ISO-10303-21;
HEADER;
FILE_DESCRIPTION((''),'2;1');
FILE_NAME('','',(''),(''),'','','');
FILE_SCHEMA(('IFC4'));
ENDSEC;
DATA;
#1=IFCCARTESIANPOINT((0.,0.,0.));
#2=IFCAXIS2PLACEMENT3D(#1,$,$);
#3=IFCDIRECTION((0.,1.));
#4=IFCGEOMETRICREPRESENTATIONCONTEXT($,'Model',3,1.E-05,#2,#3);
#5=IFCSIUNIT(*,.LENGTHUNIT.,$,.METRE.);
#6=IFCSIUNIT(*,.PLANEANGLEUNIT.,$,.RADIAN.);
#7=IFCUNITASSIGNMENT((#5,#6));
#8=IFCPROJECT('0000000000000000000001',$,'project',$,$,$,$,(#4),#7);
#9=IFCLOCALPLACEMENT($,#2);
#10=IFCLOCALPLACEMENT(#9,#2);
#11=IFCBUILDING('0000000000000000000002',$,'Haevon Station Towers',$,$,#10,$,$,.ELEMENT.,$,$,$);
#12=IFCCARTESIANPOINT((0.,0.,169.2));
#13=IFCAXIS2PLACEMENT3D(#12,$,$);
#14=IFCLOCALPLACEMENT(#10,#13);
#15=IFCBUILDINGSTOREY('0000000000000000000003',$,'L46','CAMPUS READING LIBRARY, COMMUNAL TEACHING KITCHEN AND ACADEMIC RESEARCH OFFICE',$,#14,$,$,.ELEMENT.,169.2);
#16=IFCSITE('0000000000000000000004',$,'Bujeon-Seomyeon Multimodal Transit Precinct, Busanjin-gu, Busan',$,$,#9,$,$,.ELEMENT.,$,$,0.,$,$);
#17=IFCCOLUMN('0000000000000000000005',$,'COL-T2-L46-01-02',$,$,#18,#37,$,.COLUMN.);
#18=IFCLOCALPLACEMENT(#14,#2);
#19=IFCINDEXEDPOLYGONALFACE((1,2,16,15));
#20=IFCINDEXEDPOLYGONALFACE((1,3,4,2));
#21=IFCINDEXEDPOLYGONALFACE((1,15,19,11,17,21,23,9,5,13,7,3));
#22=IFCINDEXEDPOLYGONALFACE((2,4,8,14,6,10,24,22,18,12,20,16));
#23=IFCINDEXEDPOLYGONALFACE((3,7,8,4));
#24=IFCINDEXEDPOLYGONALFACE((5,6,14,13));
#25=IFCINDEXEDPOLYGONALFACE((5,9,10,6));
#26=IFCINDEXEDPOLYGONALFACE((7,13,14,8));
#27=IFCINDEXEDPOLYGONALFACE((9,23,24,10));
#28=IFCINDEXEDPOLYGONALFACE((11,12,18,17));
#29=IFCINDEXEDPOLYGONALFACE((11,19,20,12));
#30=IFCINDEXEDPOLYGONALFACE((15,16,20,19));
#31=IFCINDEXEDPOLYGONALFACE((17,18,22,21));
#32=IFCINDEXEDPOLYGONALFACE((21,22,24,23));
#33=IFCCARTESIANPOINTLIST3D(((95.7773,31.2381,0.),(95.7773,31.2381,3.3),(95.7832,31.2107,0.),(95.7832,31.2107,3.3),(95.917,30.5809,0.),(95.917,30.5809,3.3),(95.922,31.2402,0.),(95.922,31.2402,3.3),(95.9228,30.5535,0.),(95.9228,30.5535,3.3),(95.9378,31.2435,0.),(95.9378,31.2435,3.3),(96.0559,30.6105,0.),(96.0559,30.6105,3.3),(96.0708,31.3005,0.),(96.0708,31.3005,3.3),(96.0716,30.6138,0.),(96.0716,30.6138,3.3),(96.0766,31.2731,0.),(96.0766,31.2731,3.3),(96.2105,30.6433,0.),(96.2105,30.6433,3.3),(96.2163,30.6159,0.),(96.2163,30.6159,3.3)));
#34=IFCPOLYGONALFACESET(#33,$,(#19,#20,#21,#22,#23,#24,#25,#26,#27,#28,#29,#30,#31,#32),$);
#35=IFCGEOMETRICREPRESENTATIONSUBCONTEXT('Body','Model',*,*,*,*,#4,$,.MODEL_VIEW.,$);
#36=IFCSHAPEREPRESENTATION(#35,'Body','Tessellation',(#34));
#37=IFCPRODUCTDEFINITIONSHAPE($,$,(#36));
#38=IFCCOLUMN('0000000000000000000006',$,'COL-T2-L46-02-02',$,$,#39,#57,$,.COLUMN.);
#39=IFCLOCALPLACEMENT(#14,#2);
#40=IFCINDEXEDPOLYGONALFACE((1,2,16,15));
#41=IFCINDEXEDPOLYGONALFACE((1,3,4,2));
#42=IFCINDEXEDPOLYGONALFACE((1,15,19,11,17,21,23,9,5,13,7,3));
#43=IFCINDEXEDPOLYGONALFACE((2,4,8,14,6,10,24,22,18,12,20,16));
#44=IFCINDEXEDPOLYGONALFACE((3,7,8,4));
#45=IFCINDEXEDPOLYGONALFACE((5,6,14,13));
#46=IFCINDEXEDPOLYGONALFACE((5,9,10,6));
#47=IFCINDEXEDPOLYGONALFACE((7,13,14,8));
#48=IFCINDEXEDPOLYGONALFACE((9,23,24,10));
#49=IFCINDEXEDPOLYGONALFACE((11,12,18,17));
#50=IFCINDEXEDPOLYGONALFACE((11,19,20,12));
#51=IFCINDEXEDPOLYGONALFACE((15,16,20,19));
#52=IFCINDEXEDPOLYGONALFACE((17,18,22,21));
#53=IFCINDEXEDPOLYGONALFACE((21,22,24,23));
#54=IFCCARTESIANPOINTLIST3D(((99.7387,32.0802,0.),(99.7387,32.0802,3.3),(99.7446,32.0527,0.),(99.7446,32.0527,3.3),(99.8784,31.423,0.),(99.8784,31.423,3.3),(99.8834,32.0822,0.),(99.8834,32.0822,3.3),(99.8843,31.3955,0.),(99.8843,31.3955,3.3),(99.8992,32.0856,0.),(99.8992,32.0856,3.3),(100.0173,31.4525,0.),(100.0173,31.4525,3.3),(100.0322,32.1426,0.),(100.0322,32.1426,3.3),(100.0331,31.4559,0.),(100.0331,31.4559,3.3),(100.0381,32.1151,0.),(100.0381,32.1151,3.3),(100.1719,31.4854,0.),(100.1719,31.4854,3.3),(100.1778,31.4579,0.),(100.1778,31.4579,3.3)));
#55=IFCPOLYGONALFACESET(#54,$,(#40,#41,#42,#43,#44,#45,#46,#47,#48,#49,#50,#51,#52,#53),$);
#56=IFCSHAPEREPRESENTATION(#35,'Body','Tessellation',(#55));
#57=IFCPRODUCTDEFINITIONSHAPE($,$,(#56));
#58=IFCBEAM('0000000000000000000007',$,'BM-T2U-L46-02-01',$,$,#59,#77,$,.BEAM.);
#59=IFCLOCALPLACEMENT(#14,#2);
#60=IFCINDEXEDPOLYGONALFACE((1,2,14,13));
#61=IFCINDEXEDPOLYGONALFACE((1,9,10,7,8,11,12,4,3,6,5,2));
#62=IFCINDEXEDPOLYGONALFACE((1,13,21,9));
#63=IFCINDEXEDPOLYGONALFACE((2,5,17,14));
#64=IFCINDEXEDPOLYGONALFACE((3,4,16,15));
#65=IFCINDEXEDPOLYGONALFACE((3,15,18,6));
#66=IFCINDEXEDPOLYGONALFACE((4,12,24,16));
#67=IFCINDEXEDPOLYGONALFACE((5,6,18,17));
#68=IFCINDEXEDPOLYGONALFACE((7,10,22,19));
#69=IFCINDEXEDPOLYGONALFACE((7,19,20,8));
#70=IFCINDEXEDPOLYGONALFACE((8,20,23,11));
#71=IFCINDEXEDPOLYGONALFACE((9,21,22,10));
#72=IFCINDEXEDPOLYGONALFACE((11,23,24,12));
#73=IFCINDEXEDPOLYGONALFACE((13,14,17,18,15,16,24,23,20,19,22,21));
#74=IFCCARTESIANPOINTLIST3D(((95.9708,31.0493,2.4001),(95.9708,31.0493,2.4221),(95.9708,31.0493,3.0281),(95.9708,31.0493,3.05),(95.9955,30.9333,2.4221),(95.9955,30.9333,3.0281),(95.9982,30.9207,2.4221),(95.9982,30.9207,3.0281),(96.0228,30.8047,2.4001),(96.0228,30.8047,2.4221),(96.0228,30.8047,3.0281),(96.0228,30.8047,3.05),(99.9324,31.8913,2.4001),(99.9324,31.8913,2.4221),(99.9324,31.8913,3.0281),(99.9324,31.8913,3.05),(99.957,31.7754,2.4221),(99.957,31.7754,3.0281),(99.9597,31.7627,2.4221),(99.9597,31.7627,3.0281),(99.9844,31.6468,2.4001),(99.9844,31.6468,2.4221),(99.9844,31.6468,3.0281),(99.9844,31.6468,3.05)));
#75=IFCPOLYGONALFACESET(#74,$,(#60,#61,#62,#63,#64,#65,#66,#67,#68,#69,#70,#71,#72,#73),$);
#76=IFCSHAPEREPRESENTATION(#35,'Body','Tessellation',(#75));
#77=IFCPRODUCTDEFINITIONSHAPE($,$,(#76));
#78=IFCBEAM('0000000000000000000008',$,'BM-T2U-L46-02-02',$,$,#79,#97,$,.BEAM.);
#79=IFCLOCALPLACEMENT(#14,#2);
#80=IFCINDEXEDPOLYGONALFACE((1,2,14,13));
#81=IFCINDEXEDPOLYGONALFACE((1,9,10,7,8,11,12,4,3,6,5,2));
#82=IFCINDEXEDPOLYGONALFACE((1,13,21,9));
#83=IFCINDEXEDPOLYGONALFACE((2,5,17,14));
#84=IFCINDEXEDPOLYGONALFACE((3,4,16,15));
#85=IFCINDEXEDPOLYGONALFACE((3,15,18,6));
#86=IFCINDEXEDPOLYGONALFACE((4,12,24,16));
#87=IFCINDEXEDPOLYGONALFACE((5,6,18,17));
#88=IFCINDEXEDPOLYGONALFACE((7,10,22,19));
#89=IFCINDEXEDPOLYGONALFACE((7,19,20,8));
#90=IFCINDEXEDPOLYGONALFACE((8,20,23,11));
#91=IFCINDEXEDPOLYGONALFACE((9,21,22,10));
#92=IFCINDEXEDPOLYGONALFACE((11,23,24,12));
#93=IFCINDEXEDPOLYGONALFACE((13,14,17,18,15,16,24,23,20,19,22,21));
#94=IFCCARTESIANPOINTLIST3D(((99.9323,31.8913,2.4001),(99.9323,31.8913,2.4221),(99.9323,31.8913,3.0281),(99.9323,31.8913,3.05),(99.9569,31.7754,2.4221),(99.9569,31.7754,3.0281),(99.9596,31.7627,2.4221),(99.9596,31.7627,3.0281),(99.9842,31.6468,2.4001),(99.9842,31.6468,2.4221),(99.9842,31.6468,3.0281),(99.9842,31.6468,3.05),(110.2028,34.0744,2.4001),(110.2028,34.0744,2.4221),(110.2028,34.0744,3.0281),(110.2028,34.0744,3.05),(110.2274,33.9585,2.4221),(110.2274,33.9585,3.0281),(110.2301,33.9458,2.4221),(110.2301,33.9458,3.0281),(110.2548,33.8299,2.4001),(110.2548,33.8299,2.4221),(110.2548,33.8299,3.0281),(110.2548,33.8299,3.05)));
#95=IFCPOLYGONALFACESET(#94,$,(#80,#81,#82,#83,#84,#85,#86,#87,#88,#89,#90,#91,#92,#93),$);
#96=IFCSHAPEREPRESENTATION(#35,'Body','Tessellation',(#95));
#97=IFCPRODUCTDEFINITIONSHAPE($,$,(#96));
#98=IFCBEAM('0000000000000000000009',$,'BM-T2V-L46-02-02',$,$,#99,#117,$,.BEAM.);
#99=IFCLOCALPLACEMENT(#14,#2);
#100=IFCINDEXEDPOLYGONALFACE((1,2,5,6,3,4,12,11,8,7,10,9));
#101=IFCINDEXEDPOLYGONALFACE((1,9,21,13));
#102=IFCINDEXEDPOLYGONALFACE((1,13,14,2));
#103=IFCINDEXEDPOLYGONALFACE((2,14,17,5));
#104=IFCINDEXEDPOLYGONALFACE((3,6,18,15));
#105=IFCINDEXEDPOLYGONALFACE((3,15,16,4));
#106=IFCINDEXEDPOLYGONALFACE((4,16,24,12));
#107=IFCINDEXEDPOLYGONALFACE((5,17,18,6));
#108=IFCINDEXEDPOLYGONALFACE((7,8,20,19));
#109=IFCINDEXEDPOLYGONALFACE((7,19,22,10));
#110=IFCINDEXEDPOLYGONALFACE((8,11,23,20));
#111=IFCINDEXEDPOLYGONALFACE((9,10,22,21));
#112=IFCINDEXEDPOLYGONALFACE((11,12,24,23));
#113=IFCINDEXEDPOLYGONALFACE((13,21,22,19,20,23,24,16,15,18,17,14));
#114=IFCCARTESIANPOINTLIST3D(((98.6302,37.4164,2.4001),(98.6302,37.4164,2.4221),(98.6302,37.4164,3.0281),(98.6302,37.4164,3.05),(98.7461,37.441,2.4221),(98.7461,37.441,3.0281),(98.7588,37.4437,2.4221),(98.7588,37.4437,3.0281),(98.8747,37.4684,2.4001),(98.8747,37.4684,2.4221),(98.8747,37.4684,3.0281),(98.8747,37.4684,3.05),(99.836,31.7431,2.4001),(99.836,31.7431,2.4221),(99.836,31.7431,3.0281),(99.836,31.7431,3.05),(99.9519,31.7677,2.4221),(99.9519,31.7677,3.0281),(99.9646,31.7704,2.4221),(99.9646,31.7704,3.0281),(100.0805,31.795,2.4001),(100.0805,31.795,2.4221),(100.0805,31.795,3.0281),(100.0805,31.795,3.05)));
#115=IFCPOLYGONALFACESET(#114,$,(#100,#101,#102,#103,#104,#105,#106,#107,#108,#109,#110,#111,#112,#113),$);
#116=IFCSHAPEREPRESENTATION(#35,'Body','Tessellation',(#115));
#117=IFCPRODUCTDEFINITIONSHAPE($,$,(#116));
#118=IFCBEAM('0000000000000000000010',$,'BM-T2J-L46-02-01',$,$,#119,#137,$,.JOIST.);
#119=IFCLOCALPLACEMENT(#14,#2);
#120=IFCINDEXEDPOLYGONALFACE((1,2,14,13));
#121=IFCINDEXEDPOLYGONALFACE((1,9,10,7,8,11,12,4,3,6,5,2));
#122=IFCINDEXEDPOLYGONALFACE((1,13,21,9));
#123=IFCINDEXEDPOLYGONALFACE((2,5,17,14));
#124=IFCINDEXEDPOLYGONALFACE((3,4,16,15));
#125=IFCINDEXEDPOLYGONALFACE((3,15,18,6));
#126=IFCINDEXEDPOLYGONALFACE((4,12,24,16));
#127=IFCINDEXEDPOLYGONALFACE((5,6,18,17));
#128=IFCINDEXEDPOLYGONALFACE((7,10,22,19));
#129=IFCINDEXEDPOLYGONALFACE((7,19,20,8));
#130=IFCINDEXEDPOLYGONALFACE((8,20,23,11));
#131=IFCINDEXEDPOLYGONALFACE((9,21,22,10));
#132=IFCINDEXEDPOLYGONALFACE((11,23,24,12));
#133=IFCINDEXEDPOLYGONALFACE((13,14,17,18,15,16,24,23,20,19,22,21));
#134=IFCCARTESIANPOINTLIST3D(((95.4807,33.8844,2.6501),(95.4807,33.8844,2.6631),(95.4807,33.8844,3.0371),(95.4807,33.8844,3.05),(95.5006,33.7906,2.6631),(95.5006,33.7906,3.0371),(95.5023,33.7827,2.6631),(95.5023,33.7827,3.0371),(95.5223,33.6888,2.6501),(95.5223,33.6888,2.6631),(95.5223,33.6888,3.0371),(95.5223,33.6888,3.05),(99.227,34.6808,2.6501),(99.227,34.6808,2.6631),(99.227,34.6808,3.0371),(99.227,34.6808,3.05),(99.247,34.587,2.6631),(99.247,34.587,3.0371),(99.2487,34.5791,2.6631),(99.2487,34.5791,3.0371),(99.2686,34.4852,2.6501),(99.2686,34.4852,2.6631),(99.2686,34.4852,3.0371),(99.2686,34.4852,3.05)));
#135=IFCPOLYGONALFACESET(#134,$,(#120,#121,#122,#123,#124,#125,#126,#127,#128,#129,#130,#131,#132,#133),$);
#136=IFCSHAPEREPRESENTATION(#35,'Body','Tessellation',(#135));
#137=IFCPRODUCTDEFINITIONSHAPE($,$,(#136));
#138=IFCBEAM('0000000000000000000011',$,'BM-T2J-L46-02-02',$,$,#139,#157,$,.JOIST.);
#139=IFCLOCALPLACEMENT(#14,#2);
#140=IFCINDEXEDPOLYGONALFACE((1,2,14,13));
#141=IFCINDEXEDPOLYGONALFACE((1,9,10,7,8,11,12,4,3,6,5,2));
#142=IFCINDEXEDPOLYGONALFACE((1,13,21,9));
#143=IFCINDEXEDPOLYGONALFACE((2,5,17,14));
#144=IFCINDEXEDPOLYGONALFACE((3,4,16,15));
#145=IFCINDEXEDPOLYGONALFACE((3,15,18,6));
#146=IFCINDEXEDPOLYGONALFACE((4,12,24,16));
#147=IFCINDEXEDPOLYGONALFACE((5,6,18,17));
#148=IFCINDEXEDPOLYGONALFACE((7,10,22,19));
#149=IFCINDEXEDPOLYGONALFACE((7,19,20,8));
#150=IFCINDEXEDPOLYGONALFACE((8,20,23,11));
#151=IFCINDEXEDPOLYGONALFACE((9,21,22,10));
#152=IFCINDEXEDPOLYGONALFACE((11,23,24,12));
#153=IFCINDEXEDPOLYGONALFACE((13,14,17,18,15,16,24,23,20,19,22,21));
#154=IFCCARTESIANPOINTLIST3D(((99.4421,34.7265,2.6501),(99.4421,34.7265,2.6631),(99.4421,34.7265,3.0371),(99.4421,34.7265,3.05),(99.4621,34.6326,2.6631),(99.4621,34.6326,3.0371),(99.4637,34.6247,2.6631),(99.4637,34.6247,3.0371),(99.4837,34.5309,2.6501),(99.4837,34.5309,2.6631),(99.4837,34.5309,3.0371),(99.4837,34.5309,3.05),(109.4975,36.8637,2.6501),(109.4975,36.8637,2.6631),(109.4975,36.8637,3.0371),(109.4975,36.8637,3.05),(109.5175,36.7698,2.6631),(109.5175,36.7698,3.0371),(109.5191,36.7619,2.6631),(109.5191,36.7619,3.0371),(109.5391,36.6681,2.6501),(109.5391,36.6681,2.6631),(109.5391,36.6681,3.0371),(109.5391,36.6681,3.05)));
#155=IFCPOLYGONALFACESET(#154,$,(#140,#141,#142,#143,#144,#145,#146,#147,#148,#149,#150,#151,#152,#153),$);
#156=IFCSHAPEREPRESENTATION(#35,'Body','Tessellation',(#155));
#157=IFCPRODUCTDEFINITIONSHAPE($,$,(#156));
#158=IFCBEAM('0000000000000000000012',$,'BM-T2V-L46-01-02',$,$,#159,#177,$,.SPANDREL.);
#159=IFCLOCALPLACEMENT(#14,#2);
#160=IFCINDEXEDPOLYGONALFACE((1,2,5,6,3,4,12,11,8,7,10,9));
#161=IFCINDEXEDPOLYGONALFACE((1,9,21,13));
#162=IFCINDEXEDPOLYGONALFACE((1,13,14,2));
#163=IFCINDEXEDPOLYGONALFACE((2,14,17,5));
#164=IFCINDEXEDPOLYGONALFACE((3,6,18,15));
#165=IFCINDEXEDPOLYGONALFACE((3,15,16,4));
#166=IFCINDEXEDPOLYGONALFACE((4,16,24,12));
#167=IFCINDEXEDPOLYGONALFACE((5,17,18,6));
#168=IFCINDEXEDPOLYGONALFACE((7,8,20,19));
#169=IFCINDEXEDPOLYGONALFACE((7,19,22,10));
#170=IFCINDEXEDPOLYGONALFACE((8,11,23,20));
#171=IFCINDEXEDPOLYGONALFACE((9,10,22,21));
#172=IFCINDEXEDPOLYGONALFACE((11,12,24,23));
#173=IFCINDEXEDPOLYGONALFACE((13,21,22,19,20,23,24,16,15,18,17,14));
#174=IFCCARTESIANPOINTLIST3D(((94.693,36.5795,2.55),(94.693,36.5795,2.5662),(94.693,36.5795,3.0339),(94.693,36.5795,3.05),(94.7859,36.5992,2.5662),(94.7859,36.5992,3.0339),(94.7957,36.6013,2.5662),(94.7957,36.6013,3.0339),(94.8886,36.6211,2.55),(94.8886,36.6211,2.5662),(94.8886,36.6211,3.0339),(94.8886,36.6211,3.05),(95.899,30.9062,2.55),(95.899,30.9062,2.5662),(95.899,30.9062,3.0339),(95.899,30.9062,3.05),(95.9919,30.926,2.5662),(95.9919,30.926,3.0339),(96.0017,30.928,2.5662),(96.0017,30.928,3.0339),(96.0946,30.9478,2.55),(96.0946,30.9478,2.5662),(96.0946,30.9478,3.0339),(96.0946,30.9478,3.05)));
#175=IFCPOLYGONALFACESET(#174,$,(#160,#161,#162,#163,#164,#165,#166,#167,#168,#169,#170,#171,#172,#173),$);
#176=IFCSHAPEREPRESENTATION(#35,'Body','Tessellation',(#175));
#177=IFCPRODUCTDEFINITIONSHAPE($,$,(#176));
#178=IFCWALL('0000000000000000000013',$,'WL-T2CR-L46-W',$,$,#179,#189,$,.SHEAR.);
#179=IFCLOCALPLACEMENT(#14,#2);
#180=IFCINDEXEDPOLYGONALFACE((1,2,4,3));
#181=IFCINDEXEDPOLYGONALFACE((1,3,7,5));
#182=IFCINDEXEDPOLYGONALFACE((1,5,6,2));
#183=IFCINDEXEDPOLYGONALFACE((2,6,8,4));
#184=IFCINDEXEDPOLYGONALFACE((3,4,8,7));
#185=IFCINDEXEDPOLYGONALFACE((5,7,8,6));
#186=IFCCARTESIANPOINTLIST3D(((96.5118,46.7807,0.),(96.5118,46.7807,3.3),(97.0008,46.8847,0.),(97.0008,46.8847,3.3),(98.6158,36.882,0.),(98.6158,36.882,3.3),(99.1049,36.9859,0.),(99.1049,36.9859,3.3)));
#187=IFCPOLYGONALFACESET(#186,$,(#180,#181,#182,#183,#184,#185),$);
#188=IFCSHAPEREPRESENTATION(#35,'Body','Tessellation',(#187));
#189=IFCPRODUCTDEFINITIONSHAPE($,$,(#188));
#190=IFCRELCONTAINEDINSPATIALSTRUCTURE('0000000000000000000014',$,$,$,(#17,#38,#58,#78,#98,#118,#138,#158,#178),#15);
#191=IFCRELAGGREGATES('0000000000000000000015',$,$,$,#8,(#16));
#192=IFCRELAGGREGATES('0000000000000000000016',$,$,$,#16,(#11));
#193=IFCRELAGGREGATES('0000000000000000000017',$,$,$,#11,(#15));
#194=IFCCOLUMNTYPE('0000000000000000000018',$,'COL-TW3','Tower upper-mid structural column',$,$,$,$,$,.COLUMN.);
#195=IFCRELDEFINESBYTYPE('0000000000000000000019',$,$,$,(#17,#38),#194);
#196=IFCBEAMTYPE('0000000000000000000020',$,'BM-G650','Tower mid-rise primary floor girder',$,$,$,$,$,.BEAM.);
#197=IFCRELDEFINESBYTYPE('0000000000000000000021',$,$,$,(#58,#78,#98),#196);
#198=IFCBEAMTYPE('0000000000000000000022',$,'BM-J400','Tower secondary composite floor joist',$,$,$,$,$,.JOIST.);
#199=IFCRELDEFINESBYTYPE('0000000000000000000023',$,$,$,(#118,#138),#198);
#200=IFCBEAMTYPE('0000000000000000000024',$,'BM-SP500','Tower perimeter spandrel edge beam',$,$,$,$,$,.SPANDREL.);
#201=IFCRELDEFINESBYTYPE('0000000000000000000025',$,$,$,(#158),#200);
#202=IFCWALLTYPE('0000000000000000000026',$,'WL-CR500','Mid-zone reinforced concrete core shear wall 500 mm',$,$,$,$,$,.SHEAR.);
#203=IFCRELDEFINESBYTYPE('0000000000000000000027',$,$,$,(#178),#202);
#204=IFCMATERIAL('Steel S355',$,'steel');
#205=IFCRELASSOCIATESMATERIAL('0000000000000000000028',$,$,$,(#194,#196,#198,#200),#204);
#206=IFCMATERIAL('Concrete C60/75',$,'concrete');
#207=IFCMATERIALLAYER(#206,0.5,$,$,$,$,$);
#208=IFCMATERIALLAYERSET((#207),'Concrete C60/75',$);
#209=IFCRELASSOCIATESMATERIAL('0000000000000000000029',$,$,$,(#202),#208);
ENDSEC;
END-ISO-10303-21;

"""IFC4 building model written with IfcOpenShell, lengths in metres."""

from ifc_helpers import new_model, si_unit, direction, frame, frame_2d, origin, origin_2d, place, context, subcontext, project, spatial, rectangle, i_section, extrude, material, layer, layer_set, material_profile, profile_set, type_object, element, save


model = new_model("IFC4")

# Units and contexts
model_context = context("Model", 3, precision=1e-05, world=origin(), true_north=direction((0.0, 1.0)))
body_context = subcontext(model_context, "Body", "Model", "MODEL_VIEW")
ifc_project = project(units=[si_unit("LENGTHUNIT", "METRE"), si_unit("PLANEANGLEUNIT", "RADIAN")], contexts=[model_context])

# Site, building, storey
site_placement = place(None, origin())
site = spatial("IfcSite", under=ifc_project, at=site_placement, Name="Bujeon-Seomyeon Multimodal Transit Precinct, Busanjin-gu, Busan", CompositionType="ELEMENT", RefElevation=0.0)
building_placement = place(site_placement, origin())
building = spatial("IfcBuilding", under=site, at=building_placement, Name="Haevon Station Towers", CompositionType="ELEMENT")
storey_placement = place(building_placement, frame((0.0, 0.0, 169.2)))
storey = spatial("IfcBuildingStorey", under=building, at=storey_placement, Name="L46", Description="CAMPUS READING LIBRARY, COMMUNAL TEACHING KITCHEN AND ACADEMIC RESEARCH OFFICE", CompositionType="ELEMENT", Elevation=169.2)

# Columns
ifc_material_1 = material(Name="Steel S355", Category="steel")
ifc_material_profile_1 = material_profile(ifc_material_1, i_section(OverallWidth=0.3, OverallDepth=0.7, WebThickness=0.0161, FlangeThickness=0.0281, at=origin_2d()), Name="H-700x300x16x28")
ifc_profile_set_1 = profile_set([ifc_material_profile_1], Name="Steel S355")
column_type = type_object("IfcColumnType", Name="COL-TW3", Description="Tower upper-mid structural column", PredefinedType="COLUMN", material=ifc_profile_set_1)
for number, where, z_axis, x_axis, name in (
    (1, (95.9968, 30.927, 0.0), (0.0, 0.0, 1.0), (0.978148, 0.207912, 0.0), "COL-T2-L46-01-02"),
    (2, (99.9583, 31.769, 0.0), (0.0, 0.0, 1.0), (0.978148, 0.207912, 0.0), "COL-T2-L46-02-02"),
):
    element("IfcColumn", number, at=place(storey_placement, frame(where, z_axis=z_axis, x_axis=x_axis)), inside=storey, type_object=column_type, Name=name, PredefinedType="COLUMN", context=body_context, shape_type="SweptSolid", body=[
        extrude(i_section(OverallWidth=0.3, OverallDepth=0.7, WebThickness=0.0161, FlangeThickness=0.0281, at=origin_2d()), origin(), (0.0, 0.0, 1.0), 3.3),
    ])

# Beams
ifc_material_profile_2 = material_profile(ifc_material_1, i_section(OverallWidth=0.25, OverallDepth=0.6499, WebThickness=0.0129, FlangeThickness=0.022, at=origin_2d()), Name="H-650x250x13x22")
ifc_profile_set_2 = profile_set([ifc_material_profile_2], Name="Steel S355")
beam_type_1 = type_object("IfcBeamType", Name="BM-G650", Description="Tower mid-rise primary floor girder", PredefinedType="BEAM", material=ifc_profile_set_2)
beam_1_placement = place(storey_placement, frame((95.9968, 30.927, 2.7251), z_axis=(0.978147, 0.207915, 0.0), x_axis=(-0.207915, 0.978147, 0.0)))
element("IfcBeam", 3, at=beam_1_placement, inside=storey, type_object=beam_type_1, Name="BM-T2U-L46-02-01", PredefinedType="BEAM", context=body_context, shape_type="SweptSolid", body=[
    extrude(i_section(OverallWidth=0.25, OverallDepth=0.6499, WebThickness=0.0129, FlangeThickness=0.022, at=origin_2d()), origin(), (0.0, 0.0, 1.0), 4.05),
])
beam_2_placement = place(storey_placement, frame((99.9583, 31.769, 2.7251), z_axis=(0.978147, 0.207915, 0.0), x_axis=(-0.207915, 0.978147, 0.0)))
element("IfcBeam", 4, at=beam_2_placement, inside=storey, type_object=beam_type_1, Name="BM-T2U-L46-02-02", PredefinedType="BEAM", context=body_context, shape_type="SweptSolid", body=[
    extrude(i_section(OverallWidth=0.25, OverallDepth=0.6499, WebThickness=0.0129, FlangeThickness=0.022, at=origin_2d()), origin(), (0.0, 0.0, 1.0), 10.5),
])
beam_3_placement = place(storey_placement, frame((99.9583, 31.769, 2.7251), z_axis=(-0.207896, 0.978151, 0.0), x_axis=(-0.978151, -0.207896, 0.0)))
element("IfcBeam", 5, at=beam_3_placement, inside=storey, type_object=beam_type_1, Name="BM-T2V-L46-02-02", PredefinedType="BEAM", context=body_context, shape_type="SweptSolid", body=[
    extrude(i_section(OverallWidth=0.25, OverallDepth=0.6499, WebThickness=0.0129, FlangeThickness=0.022, at=origin_2d()), origin(), (0.0, 0.0, 1.0), 5.8),
])
ifc_material_profile_3 = material_profile(ifc_material_1, i_section(OverallWidth=0.2, OverallDepth=0.3999, WebThickness=0.0081, FlangeThickness=0.0129, at=origin_2d()), Name="H-400x200x8x13")
ifc_profile_set_3 = profile_set([ifc_material_profile_3], Name="Steel S355")
beam_type_2 = type_object("IfcBeamType", Name="BM-J400", Description="Tower secondary composite floor joist", PredefinedType="JOIST", material=ifc_profile_set_3)
beam_4_placement = place(storey_placement, frame((95.5015, 33.7866, 2.8501), z_axis=(0.978143, 0.207931, 0.0), x_axis=(-0.207931, 0.978143, 0.0)))
element("IfcBeam", 6, at=beam_4_placement, inside=storey, type_object=beam_type_2, Name="BM-T2J-L46-02-01", PredefinedType="JOIST", context=body_context, shape_type="SweptSolid", body=[
    extrude(i_section(OverallWidth=0.2, OverallDepth=0.3999, WebThickness=0.0081, FlangeThickness=0.0129, at=origin_2d()), origin(), (0.0, 0.0, 1.0), 3.8301),
])
beam_5_placement = place(storey_placement, frame((99.4629, 34.6287, 2.8501), z_axis=(0.97815, 0.207899, 0.0), x_axis=(-0.207899, 0.97815, 0.0)))
element("IfcBeam", 7, at=beam_5_placement, inside=storey, type_object=beam_type_2, Name="BM-T2J-L46-02-02", PredefinedType="JOIST", context=body_context, shape_type="SweptSolid", body=[
    extrude(i_section(OverallWidth=0.2, OverallDepth=0.3999, WebThickness=0.0081, FlangeThickness=0.0129, at=origin_2d()), origin(), (0.0, 0.0, 1.0), 10.28),
])
ifc_material_profile_4 = material_profile(ifc_material_1, i_section(OverallWidth=0.2, OverallDepth=0.5, WebThickness=0.01, FlangeThickness=0.0161, at=origin_2d()), Name="H-500x200x10x16")
ifc_profile_set_4 = profile_set([ifc_material_profile_4], Name="Steel S355")
beam_type_3 = type_object("IfcBeamType", Name="BM-SP500", Description="Tower perimeter spandrel edge beam", PredefinedType="SPANDREL", material=ifc_profile_set_4)
beam_6_placement = place(storey_placement, frame((95.9968, 30.927, 2.8), z_axis=(-0.207936, 0.978142, 0.0), x_axis=(-0.978142, -0.207936, 0.0)))
element("IfcBeam", 8, at=beam_6_placement, inside=storey, type_object=beam_type_3, Name="BM-T2V-L46-01-02", PredefinedType="SPANDREL", context=body_context, shape_type="SweptSolid", body=[
    extrude(i_section(OverallWidth=0.2, OverallDepth=0.5, WebThickness=0.01, FlangeThickness=0.0161, at=origin_2d()), origin(), (0.0, 0.0, 1.0), 5.8),
])

# Wall
ifc_material_2 = material(Name="Concrete C60/75", Category="concrete")
ifc_layer_1 = layer(ifc_material_2, 0.5)
ifc_layer_set_1 = layer_set([ifc_layer_1], Name="Concrete C60/75")
wall_type_1 = type_object("IfcWallType", Name="WL-CR500", Description="Mid-zone reinforced concrete core shear wall 500 mm", PredefinedType="SHEAR", material=ifc_layer_set_1)
wall_1_placement = place(storey_placement, frame((98.8604, 36.9338, 0.0), z_axis=(0.0, 0.0, 1.0), x_axis=(-0.207909, 0.978148, 0.0)))
element("IfcWall", 9, at=wall_1_placement, inside=storey, type_object=wall_type_1, Name="WL-T2CR-L46-W", PredefinedType="SHEAR", context=body_context, shape_type="SweptSolid", body=[
    extrude(rectangle(XDim=10.1199, YDim=0.5, at=frame_2d((5.0601, 0.0))), origin(), (0.0, 0.0, 1.0), 3.3),
])

save(model, "model.ifc")
